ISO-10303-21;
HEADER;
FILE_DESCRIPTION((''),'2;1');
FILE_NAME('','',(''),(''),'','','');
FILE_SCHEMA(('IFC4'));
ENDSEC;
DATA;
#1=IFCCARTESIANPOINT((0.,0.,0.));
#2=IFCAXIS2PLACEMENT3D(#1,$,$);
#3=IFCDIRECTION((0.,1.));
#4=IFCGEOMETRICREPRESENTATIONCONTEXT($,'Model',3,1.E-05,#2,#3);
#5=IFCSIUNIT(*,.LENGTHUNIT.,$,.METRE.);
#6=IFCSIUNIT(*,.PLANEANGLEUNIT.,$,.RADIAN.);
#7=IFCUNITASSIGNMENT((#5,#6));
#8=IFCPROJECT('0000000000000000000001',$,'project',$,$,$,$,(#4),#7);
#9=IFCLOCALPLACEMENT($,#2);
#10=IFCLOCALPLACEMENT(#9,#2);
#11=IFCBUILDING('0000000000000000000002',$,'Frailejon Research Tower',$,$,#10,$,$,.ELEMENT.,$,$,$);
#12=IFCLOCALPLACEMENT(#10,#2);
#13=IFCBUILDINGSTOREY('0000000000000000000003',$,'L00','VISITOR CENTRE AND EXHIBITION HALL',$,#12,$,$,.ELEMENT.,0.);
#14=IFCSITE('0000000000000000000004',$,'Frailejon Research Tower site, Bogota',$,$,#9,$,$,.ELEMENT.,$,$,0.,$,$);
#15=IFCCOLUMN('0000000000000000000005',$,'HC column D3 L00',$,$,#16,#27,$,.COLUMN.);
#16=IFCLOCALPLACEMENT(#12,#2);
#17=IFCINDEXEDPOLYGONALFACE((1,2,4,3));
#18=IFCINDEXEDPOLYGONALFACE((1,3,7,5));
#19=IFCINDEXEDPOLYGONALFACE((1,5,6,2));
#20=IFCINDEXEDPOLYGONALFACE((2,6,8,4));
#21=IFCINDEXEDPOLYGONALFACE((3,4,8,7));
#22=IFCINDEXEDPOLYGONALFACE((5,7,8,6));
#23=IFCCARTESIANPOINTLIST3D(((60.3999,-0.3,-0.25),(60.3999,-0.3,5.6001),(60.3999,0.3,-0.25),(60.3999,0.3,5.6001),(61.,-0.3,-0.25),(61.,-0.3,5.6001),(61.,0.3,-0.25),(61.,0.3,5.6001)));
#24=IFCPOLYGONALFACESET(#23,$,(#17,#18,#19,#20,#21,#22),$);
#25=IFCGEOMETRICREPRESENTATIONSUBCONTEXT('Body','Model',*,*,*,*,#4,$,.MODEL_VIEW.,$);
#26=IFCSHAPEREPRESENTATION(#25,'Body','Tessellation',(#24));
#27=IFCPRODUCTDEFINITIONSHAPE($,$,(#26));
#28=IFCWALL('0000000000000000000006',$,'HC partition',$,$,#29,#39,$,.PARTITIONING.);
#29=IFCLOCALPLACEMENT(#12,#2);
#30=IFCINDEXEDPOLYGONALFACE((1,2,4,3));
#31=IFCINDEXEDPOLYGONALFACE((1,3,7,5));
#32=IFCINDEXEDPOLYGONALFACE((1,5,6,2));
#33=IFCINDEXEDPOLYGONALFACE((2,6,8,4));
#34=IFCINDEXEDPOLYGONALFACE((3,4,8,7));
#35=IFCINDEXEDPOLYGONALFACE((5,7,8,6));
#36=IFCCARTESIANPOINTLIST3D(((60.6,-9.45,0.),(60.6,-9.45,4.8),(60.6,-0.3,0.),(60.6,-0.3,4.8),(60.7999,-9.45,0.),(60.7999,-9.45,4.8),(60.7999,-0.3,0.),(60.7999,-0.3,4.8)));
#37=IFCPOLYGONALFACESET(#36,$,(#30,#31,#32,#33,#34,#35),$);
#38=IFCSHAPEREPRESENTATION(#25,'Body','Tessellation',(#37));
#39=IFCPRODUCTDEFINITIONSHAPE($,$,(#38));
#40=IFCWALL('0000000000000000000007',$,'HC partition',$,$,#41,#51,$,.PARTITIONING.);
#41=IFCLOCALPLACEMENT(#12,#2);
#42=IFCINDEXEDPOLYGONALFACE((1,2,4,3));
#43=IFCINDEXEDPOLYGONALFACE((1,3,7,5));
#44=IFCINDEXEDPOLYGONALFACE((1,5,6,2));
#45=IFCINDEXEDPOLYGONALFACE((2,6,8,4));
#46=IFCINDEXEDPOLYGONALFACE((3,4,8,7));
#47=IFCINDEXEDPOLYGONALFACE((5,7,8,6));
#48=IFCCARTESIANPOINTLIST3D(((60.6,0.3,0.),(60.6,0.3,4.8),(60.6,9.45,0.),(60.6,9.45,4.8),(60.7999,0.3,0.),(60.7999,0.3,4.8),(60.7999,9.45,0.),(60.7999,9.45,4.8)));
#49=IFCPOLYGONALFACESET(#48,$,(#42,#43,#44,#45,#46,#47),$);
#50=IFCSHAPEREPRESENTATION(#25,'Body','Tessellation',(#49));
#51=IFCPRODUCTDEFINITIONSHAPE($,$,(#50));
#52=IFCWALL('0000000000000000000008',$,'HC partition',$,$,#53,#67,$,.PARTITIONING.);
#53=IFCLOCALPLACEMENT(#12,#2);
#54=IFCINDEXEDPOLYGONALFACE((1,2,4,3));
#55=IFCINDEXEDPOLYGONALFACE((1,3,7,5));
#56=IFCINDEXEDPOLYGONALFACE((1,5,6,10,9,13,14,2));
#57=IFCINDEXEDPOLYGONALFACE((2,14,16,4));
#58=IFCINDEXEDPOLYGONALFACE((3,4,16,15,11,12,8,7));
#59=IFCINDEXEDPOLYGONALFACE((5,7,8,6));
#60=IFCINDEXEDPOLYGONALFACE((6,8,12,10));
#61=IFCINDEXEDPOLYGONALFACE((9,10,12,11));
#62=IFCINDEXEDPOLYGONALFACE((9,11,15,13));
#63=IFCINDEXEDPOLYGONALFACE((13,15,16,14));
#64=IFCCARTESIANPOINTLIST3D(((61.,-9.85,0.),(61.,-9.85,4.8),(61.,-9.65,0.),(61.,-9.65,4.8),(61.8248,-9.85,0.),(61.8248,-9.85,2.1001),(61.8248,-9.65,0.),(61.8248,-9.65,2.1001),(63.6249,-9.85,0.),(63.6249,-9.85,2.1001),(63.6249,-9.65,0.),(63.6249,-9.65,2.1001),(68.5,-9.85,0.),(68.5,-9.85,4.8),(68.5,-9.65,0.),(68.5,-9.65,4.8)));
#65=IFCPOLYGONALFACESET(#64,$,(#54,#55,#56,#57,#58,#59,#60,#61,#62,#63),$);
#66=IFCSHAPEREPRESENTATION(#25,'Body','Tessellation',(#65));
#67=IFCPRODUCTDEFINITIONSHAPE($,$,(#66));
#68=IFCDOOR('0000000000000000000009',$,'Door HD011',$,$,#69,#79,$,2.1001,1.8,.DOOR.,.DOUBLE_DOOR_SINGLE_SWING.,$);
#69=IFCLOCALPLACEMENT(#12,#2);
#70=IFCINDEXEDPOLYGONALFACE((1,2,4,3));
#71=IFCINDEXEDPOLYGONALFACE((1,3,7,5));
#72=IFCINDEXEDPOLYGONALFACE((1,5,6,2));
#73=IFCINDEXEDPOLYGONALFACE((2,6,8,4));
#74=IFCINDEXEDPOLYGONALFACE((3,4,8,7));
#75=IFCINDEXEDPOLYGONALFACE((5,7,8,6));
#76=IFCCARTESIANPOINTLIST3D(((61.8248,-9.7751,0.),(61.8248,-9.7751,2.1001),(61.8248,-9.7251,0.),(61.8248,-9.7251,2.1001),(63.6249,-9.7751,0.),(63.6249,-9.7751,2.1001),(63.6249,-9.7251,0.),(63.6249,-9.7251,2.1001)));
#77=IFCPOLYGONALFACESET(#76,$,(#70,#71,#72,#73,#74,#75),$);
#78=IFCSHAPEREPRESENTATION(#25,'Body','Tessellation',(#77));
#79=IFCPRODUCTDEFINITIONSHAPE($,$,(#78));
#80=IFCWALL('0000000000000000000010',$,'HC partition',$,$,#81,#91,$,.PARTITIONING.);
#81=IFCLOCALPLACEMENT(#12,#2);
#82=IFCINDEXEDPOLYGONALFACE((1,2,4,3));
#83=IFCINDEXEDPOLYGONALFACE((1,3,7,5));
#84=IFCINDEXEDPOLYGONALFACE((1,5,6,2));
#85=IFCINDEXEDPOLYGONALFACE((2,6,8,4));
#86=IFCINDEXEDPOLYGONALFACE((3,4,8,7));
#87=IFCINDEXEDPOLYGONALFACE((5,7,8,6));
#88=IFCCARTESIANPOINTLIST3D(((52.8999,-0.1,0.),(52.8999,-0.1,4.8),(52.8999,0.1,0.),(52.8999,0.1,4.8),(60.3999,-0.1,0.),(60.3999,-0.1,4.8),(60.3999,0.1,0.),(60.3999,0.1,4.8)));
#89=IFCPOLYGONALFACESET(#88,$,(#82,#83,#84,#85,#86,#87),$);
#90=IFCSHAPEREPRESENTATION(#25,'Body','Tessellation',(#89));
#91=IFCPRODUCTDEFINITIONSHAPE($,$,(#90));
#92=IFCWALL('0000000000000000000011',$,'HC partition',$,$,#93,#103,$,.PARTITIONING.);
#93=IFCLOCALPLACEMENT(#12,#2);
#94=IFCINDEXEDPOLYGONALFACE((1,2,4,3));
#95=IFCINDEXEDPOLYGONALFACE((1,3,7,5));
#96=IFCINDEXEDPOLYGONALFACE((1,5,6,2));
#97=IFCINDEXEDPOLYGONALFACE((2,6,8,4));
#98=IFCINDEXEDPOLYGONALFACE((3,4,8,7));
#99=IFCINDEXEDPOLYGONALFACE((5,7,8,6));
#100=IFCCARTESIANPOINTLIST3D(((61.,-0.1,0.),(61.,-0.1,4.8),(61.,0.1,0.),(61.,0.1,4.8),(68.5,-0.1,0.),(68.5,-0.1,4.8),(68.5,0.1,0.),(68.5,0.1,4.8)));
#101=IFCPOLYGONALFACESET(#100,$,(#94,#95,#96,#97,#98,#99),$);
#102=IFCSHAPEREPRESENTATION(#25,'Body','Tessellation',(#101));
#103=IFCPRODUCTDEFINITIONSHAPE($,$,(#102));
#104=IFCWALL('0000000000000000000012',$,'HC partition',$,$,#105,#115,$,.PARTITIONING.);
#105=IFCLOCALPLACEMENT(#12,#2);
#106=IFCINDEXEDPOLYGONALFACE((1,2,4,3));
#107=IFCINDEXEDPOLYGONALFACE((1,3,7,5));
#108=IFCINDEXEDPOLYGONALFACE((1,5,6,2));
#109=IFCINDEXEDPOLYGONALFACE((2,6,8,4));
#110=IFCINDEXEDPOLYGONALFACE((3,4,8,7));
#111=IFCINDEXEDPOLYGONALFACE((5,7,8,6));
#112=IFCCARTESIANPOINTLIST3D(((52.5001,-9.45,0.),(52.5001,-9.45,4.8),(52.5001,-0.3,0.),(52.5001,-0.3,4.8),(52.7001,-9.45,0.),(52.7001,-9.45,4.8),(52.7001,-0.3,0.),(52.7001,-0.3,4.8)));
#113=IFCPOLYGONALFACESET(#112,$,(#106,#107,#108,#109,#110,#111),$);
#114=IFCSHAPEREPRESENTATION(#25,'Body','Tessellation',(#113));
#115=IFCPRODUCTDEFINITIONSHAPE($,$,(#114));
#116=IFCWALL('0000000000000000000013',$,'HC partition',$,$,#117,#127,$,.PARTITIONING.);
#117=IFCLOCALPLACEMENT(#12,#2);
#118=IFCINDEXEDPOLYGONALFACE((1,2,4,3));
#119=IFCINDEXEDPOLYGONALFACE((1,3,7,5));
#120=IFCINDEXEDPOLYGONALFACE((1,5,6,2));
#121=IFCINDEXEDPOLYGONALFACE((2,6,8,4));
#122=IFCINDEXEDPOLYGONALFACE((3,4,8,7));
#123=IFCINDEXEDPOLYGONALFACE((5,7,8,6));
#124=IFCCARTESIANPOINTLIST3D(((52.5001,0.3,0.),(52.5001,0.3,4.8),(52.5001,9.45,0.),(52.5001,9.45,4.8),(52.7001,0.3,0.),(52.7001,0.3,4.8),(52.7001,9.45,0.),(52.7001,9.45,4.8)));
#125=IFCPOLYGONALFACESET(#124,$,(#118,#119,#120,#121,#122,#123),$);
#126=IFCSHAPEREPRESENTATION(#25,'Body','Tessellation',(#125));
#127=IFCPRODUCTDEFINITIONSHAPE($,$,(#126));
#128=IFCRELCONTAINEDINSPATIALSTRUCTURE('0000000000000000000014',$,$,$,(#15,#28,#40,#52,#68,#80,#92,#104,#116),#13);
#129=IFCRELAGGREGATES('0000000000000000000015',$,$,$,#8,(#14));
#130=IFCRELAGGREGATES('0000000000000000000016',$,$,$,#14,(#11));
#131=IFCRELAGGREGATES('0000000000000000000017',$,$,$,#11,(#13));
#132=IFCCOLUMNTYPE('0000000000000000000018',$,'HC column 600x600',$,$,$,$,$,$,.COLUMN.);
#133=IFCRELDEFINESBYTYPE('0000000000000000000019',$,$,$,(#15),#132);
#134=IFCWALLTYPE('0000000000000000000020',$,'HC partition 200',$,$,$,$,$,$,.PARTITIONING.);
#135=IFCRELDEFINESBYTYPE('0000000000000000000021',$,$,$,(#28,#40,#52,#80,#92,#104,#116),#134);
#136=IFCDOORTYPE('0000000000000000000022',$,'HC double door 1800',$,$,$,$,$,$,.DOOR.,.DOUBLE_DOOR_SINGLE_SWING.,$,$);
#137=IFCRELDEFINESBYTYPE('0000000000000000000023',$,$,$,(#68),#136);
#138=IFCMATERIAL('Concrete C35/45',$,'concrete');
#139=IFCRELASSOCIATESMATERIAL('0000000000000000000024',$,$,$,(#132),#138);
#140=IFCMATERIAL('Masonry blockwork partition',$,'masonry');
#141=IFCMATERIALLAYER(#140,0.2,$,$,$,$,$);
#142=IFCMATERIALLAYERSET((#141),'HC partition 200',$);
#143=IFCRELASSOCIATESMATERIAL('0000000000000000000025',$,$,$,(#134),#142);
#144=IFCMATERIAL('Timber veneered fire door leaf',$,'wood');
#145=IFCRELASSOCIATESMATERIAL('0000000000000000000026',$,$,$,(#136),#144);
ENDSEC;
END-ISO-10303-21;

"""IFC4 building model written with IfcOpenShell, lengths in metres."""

from ifc_helpers import new_model, si_unit, direction, frame, frame_2d, origin, origin_2d, place, context, subcontext, project, spatial, rectangle, extrude, material, layer, layer_set, material_profile, profile_set, type_object, element, fill, save


model = new_model("IFC4")

# Units and contexts
model_context = context("Model", 3, precision=1e-05, world=origin(), true_north=direction((0.0, 1.0)))
body_context = subcontext(model_context, "Body", "Model", "MODEL_VIEW")
ifc_project = project(units=[si_unit("LENGTHUNIT", "METRE"), si_unit("PLANEANGLEUNIT", "RADIAN")], contexts=[model_context])

# Site, building, storey
site_placement = place(None, origin())
site = spatial("IfcSite", under=ifc_project, at=site_placement, Name="Frailejon Research Tower site, Bogota", CompositionType="ELEMENT", RefElevation=0.0)
building_placement = place(site_placement, origin())
building = spatial("IfcBuilding", under=site, at=building_placement, Name="Frailejon Research Tower", CompositionType="ELEMENT")
storey_placement = place(building_placement, origin())
storey = spatial("IfcBuildingStorey", under=building, at=storey_placement, Name="L00", Description="VISITOR CENTRE AND EXHIBITION HALL", CompositionType="ELEMENT", Elevation=0.0)

# Column
ifc_material_1 = material(Name="Concrete C35/45", Category="concrete")
ifc_material_profile_1 = material_profile(ifc_material_1, rectangle(XDim=0.6001, YDim=0.6001, at=origin_2d()), Name="HC column 600x600")
ifc_profile_set_1 = profile_set([ifc_material_profile_1], Name="Concrete C35/45")
column_type = type_object("IfcColumnType", Name="HC column 600x600", PredefinedType="COLUMN", material=ifc_profile_set_1)
for number, where, z_axis, x_axis, name in (
    (1, (60.7, 0.0, -0.25), (0.0, 0.0, 1.0), (1.0, 0.0, 0.0), "HC column D3 L00"),
):
    element("IfcColumn", number, at=place(storey_placement, frame(where, z_axis=z_axis, x_axis=x_axis)), inside=storey, type_object=column_type, Name=name, PredefinedType="COLUMN", context=body_context, shape_type="SweptSolid", body=[
        extrude(rectangle(XDim=0.6001, YDim=0.6001, at=origin_2d()), origin(), (0.0, 0.0, 1.0), 5.8501),
    ])

# Walls
ifc_material_2 = material(Name="Masonry blockwork partition", Category="masonry")
ifc_layer = layer(ifc_material_2, 0.2)
ifc_layer_set = layer_set([ifc_layer], Name="HC partition 200")
wall_type = type_object("IfcWallType", Name="HC partition 200", PredefinedType="PARTITIONING", material=ifc_layer_set)
for number, where, z_axis, x_axis, name in (
    (2, (60.7, -9.45, 0.0), (0.0, 0.0, 1.0), (0.0, 1.0, 0.0), "HC partition"),
    (3, (60.7, 0.3, 0.0), (0.0, 0.0, 1.0), (0.0, 1.0, 0.0), "HC partition"),
):
    element("IfcWall", number, at=place(storey_placement, frame(where, z_axis=z_axis, x_axis=x_axis)), inside=storey, type_object=wall_type, Name=name, PredefinedType="PARTITIONING", context=body_context, shape_type="SweptSolid", body=[
        extrude(rectangle(XDim=9.1499, YDim=0.2, at=frame_2d((4.575, 0.0))), origin(), (0.0, 0.0, 1.0), 4.8),
    ])

# Wall, opening, door
wall_placement = place(storey_placement, frame((61.0, -9.75, 0.0), z_axis=(0.0, 0.0, 1.0), x_axis=(1.0, 0.0, 0.0)))
wall = element("IfcWall", 4, at=wall_placement, inside=storey, type_object=wall_type, Name="HC partition", PredefinedType="PARTITIONING", context=body_context, shape_type="SweptSolid", body=[
    extrude(rectangle(XDim=7.5, YDim=0.2, at=frame_2d((3.75, 0.0))), origin(), (0.0, 0.0, 1.0), 4.8),
])
opening_placement = place(wall_placement, frame((0.825, 0.0, 0.0)))
opening = element("IfcOpeningElement", 5, at=opening_placement, cuts=wall, PredefinedType="OPENING", context=body_context, shape_type="SweptSolid", body=[
    extrude(rectangle(XDim=1.8, YDim=2.1001, at=frame_2d((0.8999, 1.05))), frame((0.0, 0.1099, 0.0), z_axis=(0.0, -1.0, 0.0), x_axis=(1.0, 0.0, 0.0)), (0.0, 0.0, 1.0), 0.22),
])
ifc_material_3 = material(Name="Timber veneered fire door leaf", Category="wood")
door_type = type_object("IfcDoorType", Name="HC double door 1800", OperationType="DOUBLE_DOOR_SINGLE_SWING", PredefinedType="DOOR", material=ifc_material_3)
door_placement = place(opening_placement, origin())
door = element("IfcDoor", 6, at=door_placement, inside=storey, type_object=door_type, Name="Door HD011", OperationType="DOUBLE_DOOR_SINGLE_SWING", OverallHeight=2.1001, OverallWidth=1.8, PredefinedType="DOOR", context=body_context, shape_type="SweptSolid", body=[
    extrude(rectangle(XDim=1.8, YDim=2.1001, at=frame_2d((0.8999, 1.05))), frame((0.0, 0.0249, 0.0), z_axis=(0.0, -1.0, 0.0), x_axis=(1.0, 0.0, 0.0)), (0.0, 0.0, 1.0), 0.05),
])
fill(opening, door)

# Walls
for number, where, z_axis, x_axis, name in (
    (7, (52.8999, 0.0, 0.0), (0.0, 0.0, 1.0), (1.0, 0.0, 0.0), "HC partition"),
    (8, (61.0, 0.0, 0.0), (0.0, 0.0, 1.0), (1.0, 0.0, 0.0), "HC partition"),
):
    element("IfcWall", number, at=place(storey_placement, frame(where, z_axis=z_axis, x_axis=x_axis)), inside=storey, type_object=wall_type, Name=name, PredefinedType="PARTITIONING", context=body_context, shape_type="SweptSolid", body=[
        extrude(rectangle(XDim=7.5, YDim=0.2, at=frame_2d((3.75, 0.0))), origin(), (0.0, 0.0, 1.0), 4.8),
    ])
for number, where, z_axis, x_axis, name in (
    (9, (52.6001, -9.45, 0.0), (0.0, 0.0, 1.0), (0.0, 1.0, 0.0), "HC partition"),
    (10, (52.6001, 0.3, 0.0), (0.0, 0.0, 1.0), (0.0, 1.0, 0.0), "HC partition"),
):
    element("IfcWall", number, at=place(storey_placement, frame(where, z_axis=z_axis, x_axis=x_axis)), inside=storey, type_object=wall_type, Name=name, PredefinedType="PARTITIONING", context=body_context, shape_type="SweptSolid", body=[
        extrude(rectangle(XDim=9.1499, YDim=0.2, at=frame_2d((4.575, 0.0))), origin(), (0.0, 0.0, 1.0), 4.8),
    ])

save(model, "model.ifc")
